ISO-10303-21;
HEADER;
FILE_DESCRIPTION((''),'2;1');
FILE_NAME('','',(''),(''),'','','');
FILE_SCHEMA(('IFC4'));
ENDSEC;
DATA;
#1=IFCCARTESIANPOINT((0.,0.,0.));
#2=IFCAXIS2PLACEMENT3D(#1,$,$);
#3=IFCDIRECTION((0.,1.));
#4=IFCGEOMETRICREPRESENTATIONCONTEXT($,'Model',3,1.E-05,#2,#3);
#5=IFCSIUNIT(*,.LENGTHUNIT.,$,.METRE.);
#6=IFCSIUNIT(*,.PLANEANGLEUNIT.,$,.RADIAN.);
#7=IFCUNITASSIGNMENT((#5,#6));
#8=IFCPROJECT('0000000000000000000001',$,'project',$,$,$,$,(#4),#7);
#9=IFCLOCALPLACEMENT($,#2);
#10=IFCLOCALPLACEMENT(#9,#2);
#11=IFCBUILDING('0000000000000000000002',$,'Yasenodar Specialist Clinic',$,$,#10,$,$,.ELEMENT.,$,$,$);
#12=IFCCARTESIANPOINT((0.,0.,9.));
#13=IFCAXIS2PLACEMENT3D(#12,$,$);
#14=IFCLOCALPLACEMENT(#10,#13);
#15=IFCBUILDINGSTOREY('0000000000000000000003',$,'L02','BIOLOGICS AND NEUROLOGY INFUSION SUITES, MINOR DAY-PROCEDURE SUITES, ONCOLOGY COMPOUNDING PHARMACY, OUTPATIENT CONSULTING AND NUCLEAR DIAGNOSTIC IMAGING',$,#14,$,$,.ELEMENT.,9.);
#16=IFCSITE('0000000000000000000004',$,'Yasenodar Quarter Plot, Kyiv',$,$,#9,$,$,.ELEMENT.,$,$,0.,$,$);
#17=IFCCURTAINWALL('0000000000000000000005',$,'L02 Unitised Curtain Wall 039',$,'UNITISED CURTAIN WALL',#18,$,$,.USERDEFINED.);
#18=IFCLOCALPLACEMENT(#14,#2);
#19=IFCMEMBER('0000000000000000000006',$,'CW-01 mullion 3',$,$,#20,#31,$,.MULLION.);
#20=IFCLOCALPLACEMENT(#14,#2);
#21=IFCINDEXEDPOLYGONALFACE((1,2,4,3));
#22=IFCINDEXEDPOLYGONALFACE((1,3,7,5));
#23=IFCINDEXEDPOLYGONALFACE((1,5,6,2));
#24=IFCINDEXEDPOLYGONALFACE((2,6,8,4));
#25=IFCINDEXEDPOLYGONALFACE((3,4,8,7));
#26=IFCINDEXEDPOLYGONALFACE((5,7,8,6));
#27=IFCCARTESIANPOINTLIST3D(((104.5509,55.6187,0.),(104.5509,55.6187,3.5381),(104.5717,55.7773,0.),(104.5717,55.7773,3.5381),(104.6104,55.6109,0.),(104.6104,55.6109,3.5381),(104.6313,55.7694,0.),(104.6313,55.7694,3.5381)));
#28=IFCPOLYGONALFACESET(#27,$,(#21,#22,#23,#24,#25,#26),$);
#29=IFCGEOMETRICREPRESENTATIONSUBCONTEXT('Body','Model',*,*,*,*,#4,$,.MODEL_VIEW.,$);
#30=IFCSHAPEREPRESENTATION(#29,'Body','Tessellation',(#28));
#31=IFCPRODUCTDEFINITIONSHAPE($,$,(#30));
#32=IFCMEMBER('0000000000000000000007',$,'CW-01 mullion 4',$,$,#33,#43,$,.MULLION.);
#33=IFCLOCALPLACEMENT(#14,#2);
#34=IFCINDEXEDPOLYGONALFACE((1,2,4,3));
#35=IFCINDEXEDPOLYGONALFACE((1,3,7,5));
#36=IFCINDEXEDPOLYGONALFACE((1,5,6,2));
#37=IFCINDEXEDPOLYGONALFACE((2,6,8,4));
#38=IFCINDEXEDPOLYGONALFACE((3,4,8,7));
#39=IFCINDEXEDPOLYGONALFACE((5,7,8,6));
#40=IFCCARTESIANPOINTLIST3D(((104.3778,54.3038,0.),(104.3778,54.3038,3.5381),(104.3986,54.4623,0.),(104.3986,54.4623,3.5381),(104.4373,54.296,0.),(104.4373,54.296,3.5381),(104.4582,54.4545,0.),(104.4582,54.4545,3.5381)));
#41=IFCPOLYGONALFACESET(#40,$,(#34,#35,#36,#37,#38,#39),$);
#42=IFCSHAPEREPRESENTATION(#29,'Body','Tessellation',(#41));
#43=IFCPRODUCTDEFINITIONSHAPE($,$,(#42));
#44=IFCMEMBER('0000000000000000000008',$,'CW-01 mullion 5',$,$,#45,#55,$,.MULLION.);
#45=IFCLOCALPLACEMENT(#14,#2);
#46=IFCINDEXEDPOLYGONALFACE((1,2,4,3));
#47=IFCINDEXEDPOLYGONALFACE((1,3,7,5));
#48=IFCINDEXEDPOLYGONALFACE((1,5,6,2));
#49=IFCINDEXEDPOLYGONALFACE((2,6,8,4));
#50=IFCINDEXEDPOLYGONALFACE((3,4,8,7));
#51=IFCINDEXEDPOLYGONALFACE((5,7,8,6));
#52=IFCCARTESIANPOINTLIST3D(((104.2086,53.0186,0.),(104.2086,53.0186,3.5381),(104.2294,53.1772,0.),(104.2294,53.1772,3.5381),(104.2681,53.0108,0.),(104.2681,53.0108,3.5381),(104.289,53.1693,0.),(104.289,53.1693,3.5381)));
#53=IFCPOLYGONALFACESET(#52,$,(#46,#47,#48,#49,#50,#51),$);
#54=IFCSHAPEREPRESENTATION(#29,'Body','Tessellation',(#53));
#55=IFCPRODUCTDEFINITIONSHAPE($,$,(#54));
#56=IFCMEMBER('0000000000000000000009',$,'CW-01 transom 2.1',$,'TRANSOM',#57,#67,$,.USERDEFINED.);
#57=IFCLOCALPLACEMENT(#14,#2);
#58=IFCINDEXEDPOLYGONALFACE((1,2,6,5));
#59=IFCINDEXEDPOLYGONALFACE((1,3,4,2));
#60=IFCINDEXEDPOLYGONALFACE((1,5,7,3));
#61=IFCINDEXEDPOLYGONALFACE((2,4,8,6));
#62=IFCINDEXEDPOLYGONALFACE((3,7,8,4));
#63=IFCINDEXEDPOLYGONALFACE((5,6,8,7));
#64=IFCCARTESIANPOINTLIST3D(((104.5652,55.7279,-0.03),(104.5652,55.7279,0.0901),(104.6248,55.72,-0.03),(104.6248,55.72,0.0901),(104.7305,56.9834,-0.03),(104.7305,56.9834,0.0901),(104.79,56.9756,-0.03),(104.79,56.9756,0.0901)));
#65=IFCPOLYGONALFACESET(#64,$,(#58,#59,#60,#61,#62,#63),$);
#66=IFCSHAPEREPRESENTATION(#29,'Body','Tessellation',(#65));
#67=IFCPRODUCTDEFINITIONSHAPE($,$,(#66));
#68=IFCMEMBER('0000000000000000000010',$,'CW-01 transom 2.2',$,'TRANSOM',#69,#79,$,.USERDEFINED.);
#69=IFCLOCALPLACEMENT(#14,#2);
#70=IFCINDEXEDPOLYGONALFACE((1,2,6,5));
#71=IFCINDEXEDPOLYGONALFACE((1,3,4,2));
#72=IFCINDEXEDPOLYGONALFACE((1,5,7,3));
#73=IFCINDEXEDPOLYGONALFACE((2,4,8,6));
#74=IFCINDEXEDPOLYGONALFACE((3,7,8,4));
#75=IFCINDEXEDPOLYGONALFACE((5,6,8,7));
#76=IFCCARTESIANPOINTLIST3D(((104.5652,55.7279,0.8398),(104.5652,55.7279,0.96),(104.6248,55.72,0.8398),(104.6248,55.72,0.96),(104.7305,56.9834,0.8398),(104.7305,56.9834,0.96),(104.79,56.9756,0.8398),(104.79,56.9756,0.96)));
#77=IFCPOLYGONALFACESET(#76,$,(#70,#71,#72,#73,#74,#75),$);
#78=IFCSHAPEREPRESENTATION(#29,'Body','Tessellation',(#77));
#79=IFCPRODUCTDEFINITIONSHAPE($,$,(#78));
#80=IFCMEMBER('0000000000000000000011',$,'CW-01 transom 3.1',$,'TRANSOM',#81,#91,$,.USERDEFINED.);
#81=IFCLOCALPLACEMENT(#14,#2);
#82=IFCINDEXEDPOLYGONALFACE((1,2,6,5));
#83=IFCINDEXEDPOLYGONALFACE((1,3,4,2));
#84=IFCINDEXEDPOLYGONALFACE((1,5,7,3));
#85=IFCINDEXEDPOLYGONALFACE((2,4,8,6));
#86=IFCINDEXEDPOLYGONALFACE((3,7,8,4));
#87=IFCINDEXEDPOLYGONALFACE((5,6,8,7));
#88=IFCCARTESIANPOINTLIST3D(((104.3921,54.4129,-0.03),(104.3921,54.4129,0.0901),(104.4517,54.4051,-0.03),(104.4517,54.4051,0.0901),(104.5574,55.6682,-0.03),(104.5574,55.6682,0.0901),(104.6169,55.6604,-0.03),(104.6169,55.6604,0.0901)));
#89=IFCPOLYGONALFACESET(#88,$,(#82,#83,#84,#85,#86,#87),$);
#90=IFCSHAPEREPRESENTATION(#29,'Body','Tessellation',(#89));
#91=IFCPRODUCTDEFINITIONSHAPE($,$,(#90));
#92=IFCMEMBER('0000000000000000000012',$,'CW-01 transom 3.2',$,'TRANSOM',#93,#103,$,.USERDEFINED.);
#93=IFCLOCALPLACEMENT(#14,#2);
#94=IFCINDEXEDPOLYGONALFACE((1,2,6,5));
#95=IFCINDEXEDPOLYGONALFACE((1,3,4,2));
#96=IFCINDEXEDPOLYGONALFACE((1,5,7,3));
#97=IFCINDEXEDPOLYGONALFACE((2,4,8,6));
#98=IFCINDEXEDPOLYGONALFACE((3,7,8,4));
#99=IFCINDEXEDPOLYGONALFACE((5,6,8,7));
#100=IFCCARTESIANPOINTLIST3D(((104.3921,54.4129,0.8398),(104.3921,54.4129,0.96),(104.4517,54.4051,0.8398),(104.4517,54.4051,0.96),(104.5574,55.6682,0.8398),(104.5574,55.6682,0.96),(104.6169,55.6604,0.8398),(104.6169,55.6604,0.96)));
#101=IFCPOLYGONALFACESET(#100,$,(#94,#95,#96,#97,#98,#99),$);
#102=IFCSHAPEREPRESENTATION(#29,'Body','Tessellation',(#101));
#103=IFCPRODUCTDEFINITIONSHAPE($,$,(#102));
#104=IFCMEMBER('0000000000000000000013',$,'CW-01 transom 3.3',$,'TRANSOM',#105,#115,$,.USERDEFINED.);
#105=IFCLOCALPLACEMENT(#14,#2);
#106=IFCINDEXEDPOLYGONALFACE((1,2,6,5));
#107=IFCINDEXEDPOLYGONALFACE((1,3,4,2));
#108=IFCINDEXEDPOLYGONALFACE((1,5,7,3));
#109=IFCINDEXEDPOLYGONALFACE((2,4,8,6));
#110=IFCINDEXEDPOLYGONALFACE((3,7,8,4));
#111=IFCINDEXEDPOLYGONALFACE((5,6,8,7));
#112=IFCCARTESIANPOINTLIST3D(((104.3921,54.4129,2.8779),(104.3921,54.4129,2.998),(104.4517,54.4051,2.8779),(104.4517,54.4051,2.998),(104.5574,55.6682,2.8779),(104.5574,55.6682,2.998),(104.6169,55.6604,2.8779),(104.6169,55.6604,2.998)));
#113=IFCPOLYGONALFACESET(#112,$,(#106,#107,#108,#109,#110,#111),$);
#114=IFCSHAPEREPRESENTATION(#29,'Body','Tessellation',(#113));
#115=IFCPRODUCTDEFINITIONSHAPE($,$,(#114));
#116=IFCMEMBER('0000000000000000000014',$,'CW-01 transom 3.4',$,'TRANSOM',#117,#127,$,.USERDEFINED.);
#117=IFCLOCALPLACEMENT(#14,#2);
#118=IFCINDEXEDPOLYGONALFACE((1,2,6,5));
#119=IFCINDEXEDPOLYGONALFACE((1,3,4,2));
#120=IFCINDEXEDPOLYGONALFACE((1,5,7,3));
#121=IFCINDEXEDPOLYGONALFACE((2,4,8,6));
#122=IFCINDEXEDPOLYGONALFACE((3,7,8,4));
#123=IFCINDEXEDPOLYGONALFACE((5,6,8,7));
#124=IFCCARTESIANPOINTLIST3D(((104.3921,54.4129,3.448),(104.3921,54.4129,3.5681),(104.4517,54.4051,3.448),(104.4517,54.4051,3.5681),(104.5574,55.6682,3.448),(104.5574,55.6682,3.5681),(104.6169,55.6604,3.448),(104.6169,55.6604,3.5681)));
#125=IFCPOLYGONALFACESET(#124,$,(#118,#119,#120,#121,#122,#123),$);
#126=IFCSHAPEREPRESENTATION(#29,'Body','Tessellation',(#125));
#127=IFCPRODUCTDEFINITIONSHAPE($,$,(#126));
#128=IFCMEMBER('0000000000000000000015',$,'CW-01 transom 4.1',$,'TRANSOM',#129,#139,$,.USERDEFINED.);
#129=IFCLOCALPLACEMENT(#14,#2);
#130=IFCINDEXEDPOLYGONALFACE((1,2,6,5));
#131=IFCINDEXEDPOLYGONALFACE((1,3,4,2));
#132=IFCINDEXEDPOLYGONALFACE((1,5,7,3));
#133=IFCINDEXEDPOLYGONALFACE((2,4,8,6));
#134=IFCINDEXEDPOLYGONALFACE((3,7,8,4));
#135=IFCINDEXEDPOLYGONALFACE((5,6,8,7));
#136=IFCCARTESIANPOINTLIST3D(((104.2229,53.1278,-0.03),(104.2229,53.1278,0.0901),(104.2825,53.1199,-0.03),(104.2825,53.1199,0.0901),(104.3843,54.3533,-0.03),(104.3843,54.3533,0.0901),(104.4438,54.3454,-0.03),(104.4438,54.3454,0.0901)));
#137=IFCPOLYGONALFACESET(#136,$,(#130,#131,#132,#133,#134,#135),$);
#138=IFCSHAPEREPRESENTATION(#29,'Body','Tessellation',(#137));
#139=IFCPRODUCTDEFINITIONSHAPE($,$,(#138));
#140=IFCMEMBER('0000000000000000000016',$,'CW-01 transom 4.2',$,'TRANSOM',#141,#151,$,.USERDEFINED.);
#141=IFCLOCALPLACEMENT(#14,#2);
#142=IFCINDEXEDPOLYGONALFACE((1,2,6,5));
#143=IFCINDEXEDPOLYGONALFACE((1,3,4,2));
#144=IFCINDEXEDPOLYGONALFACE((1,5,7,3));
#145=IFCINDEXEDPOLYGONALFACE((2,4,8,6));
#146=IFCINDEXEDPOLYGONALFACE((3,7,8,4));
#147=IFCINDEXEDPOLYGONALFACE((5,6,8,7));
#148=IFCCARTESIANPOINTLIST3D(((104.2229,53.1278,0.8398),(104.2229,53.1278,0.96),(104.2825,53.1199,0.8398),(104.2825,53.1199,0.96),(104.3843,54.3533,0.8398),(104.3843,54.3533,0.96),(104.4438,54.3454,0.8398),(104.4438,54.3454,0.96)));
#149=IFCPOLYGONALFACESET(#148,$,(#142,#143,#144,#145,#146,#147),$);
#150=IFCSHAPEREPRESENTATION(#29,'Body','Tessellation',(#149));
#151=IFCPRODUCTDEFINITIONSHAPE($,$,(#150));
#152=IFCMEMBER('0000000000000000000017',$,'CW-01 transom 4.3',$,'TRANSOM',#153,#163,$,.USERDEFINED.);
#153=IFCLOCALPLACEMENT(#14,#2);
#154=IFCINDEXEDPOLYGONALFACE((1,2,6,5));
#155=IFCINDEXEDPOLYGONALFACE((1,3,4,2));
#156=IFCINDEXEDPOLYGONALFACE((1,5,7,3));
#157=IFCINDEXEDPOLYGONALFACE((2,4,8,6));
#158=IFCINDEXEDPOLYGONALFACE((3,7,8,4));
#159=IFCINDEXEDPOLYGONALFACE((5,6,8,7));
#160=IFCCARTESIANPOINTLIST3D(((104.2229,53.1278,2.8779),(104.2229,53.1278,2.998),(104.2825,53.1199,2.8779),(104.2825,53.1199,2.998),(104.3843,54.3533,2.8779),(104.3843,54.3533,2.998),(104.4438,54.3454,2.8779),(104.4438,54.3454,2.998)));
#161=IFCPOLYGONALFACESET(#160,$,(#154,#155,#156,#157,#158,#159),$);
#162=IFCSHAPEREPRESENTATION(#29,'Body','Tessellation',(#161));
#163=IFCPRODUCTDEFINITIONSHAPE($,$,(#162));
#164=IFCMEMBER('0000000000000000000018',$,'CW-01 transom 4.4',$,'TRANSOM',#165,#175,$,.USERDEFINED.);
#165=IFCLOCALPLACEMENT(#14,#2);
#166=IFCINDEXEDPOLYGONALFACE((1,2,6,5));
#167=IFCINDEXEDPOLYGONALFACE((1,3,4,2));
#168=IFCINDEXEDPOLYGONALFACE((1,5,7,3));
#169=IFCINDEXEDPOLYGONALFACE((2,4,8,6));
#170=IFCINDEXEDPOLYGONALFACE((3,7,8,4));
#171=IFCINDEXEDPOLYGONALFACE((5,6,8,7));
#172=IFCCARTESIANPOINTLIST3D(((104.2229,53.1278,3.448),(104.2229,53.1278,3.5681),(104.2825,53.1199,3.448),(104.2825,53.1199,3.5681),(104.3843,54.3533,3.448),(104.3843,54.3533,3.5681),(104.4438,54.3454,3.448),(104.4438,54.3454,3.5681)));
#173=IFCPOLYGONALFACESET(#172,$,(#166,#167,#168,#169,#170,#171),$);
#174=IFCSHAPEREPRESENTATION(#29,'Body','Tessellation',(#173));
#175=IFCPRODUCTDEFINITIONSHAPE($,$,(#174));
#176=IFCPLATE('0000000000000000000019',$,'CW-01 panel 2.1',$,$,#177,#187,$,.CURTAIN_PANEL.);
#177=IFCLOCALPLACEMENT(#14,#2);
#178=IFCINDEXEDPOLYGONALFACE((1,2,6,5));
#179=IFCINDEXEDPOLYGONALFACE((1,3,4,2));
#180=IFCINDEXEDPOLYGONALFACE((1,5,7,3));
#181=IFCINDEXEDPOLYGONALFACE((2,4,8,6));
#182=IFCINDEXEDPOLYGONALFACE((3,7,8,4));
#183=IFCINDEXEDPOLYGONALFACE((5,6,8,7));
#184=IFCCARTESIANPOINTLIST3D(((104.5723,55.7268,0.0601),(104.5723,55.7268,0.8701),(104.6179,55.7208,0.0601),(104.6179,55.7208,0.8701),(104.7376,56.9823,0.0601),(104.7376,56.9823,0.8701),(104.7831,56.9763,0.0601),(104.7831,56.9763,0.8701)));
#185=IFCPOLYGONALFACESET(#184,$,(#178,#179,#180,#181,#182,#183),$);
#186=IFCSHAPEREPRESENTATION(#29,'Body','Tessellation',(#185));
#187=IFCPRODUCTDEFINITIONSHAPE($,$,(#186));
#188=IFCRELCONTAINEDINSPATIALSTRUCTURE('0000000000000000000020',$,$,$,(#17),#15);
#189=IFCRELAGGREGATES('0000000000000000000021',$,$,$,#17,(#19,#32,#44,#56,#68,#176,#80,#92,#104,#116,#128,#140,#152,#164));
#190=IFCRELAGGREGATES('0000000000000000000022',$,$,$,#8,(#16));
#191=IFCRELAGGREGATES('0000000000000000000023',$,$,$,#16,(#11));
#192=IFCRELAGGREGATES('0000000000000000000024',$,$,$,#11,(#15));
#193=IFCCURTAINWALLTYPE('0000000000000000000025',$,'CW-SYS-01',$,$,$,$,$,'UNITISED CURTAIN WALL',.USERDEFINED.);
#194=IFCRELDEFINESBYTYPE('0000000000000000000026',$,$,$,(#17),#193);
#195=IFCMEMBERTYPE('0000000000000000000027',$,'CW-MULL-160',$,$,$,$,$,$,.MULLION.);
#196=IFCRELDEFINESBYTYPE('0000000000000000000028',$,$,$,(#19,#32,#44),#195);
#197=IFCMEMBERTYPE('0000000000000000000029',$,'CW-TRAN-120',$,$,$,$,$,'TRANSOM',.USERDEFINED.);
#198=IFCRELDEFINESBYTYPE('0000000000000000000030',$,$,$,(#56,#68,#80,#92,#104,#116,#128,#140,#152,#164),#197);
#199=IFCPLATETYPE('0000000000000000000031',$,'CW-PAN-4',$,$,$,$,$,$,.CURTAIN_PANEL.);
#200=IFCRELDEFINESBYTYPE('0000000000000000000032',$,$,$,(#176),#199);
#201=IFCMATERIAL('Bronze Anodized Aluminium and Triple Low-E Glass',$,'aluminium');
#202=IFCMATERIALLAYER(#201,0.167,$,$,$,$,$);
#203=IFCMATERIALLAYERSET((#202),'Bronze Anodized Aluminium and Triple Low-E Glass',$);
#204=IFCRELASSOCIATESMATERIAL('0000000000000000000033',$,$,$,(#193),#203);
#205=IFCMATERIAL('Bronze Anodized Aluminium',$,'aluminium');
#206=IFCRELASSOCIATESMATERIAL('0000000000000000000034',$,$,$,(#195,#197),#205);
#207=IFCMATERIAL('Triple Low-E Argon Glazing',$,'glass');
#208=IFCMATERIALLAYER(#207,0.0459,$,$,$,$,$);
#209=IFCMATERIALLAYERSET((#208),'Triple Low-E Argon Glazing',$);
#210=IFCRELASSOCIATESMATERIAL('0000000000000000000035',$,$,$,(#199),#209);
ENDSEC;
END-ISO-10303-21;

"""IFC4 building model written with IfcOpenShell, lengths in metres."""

from ifc_helpers import new_model, si_unit, direction, frame, origin, origin_2d, place, context, subcontext, project, spatial, rectangle, extrude, material, layer, layer_set, material_profile, profile_set, type_object, element, aggregate, save


model = new_model("IFC4")

# Units and contexts
model_context = context("Model", 3, precision=1e-05, world=origin(), true_north=direction((0.0, 1.0)))
body_context = subcontext(model_context, "Body", "Model", "MODEL_VIEW")
ifc_project = project(units=[si_unit("LENGTHUNIT", "METRE"), si_unit("PLANEANGLEUNIT", "RADIAN")], contexts=[model_context])

# Site, building, storey
site_placement = place(None, origin())
site = spatial("IfcSite", under=ifc_project, at=site_placement, Name="Yasenodar Quarter Plot, Kyiv", CompositionType="ELEMENT", RefElevation=0.0)
building_placement = place(site_placement, origin())
building = spatial("IfcBuilding", under=site, at=building_placement, Name="Yasenodar Specialist Clinic", CompositionType="ELEMENT")
storey_placement = place(building_placement, frame((0.0, 0.0, 9.0)))
storey = spatial("IfcBuildingStorey", under=building, at=storey_placement, Name="L02", Description="BIOLOGICS AND NEUROLOGY INFUSION SUITES, MINOR DAY-PROCEDURE SUITES, ONCOLOGY COMPOUNDING PHARMACY, OUTPATIENT CONSULTING AND NUCLEAR DIAGNOSTIC IMAGING", CompositionType="ELEMENT", Elevation=9.0)

# Curtain wall, members, plate
ifc_material_1 = material(Name="Bronze Anodized Aluminium and Triple Low-E Glass", Category="aluminium")
ifc_layer_1 = layer(ifc_material_1, 0.167)
ifc_layer_set_1 = layer_set([ifc_layer_1], Name="Bronze Anodized Aluminium and Triple Low-E Glass")
curtain_wall_type = type_object("IfcCurtainWallType", Name="CW-SYS-01", ElementType="UNITISED CURTAIN WALL", PredefinedType="USERDEFINED", material=ifc_layer_set_1)
curtain_wall_placement = place(storey_placement, origin())
curtain_wall = element("IfcCurtainWall", 1, at=curtain_wall_placement, inside=storey, type_object=curtain_wall_type, Name="L02 Unitised Curtain Wall 039", ObjectType="UNITISED CURTAIN WALL", PredefinedType="USERDEFINED")
ifc_material_2 = material(Name="Bronze Anodized Aluminium", Category="aluminium")
ifc_material_profile_1 = material_profile(ifc_material_2, rectangle(XDim=0.0601, YDim=0.1599, at=origin_2d()), Name="CW-MULL 60x160")
ifc_profile_set_1 = profile_set([ifc_material_profile_1], Name="Bronze Anodized Aluminium")
member_type_1 = type_object("IfcMemberType", Name="CW-MULL-160", PredefinedType="MULLION", material=ifc_profile_set_1)
member_1_placement = place(storey_placement, frame((104.5911, 55.6941, 0.0), z_axis=(0.0, 0.0, 1.0), x_axis=(0.991447, -0.130512, 0.0)))
member_1 = element("IfcMember", 2, at=member_1_placement, type_object=member_type_1, Name="CW-01 mullion 3", PredefinedType="MULLION", context=body_context, shape_type="SweptSolid", body=[
    extrude(rectangle(XDim=0.0601, YDim=0.1599, at=origin_2d()), origin(), (0.0, 0.0, 1.0), 3.5381),
])
member_2_placement = place(storey_placement, frame((104.418, 54.3792, 0.0), z_axis=(0.0, 0.0, 1.0), x_axis=(0.991447, -0.130512, 0.0)))
member_2 = element("IfcMember", 3, at=member_2_placement, type_object=member_type_1, Name="CW-01 mullion 4", PredefinedType="MULLION", context=body_context, shape_type="SweptSolid", body=[
    extrude(rectangle(XDim=0.0601, YDim=0.1599, at=origin_2d()), origin(), (0.0, 0.0, 1.0), 3.5381),
])
member_3_placement = place(storey_placement, frame((104.2488, 53.094, 0.0), z_axis=(0.0, 0.0, 1.0), x_axis=(0.991447, -0.130512, 0.0)))
member_3 = element("IfcMember", 4, at=member_3_placement, type_object=member_type_1, Name="CW-01 mullion 5", PredefinedType="MULLION", context=body_context, shape_type="SweptSolid", body=[
    extrude(rectangle(XDim=0.0601, YDim=0.1599, at=origin_2d()), origin(), (0.0, 0.0, 1.0), 3.5381),
])
ifc_material_profile_2 = material_profile(ifc_material_2, rectangle(XDim=0.0601, YDim=0.1201, at=origin_2d()), Name="CW-TRAN 60x120")
ifc_profile_set_2 = profile_set([ifc_material_profile_2], Name="Bronze Anodized Aluminium")
member_type_2 = type_object("IfcMemberType", Name="CW-TRAN-120", ElementType="TRANSOM", PredefinedType="USERDEFINED", material=ifc_profile_set_2)
member_4_placement = place(storey_placement, frame((104.7603, 56.9795, 0.03), z_axis=(-0.130509, -0.991447, 0.0), x_axis=(0.991447, -0.130509, 0.0)))
member_4 = element("IfcMember", 5, at=member_4_placement, type_object=member_type_2, Name="CW-01 transom 2.1", ObjectType="TRANSOM", PredefinedType="USERDEFINED", context=body_context, shape_type="SweptSolid", body=[
    extrude(rectangle(XDim=0.0601, YDim=0.1201, at=origin_2d()), origin(), (0.0, 0.0, 1.0), 1.2664),
])
member_5_placement = place(storey_placement, frame((104.7603, 56.9795, 0.8999), z_axis=(-0.130509, -0.991447, 0.0), x_axis=(0.991447, -0.130509, 0.0)))
member_5 = element("IfcMember", 6, at=member_5_placement, type_object=member_type_2, Name="CW-01 transom 2.2", ObjectType="TRANSOM", PredefinedType="USERDEFINED", context=body_context, shape_type="SweptSolid", body=[
    extrude(rectangle(XDim=0.0601, YDim=0.1201, at=origin_2d()), origin(), (0.0, 0.0, 1.0), 1.2664),
])
member_6_placement = place(storey_placement, frame((104.5872, 55.6643, 0.03), z_axis=(-0.130534, -0.991444, 0.0), x_axis=(0.991444, -0.130534, 0.0)))
member_6 = element("IfcMember", 7, at=member_6_placement, type_object=member_type_2, Name="CW-01 transom 3.1", ObjectType="TRANSOM", PredefinedType="USERDEFINED", context=body_context, shape_type="SweptSolid", body=[
    extrude(rectangle(XDim=0.0601, YDim=0.1201, at=origin_2d()), origin(), (0.0, 0.0, 1.0), 1.2661),
])
member_7_placement = place(storey_placement, frame((104.5872, 55.6643, 0.8999), z_axis=(-0.130534, -0.991444, 0.0), x_axis=(0.991444, -0.130534, 0.0)))
member_7 = element("IfcMember", 8, at=member_7_placement, type_object=member_type_2, Name="CW-01 transom 3.2", ObjectType="TRANSOM", PredefinedType="USERDEFINED", context=body_context, shape_type="SweptSolid", body=[
    extrude(rectangle(XDim=0.0601, YDim=0.1201, at=origin_2d()), origin(), (0.0, 0.0, 1.0), 1.2661),
])
member_8_placement = place(storey_placement, frame((104.5872, 55.6643, 2.938), z_axis=(-0.130534, -0.991444, 0.0), x_axis=(0.991444, -0.130534, 0.0)))
member_8 = element("IfcMember", 9, at=member_8_placement, type_object=member_type_2, Name="CW-01 transom 3.3", ObjectType="TRANSOM", PredefinedType="USERDEFINED", context=body_context, shape_type="SweptSolid", body=[
    extrude(rectangle(XDim=0.0601, YDim=0.1201, at=origin_2d()), origin(), (0.0, 0.0, 1.0), 1.2661),
])
member_9_placement = place(storey_placement, frame((104.5872, 55.6643, 3.5081), z_axis=(-0.130534, -0.991444, 0.0), x_axis=(0.991444, -0.130534, 0.0)))
member_9 = element("IfcMember", 10, at=member_9_placement, type_object=member_type_2, Name="CW-01 transom 3.4", ObjectType="TRANSOM", PredefinedType="USERDEFINED", context=body_context, shape_type="SweptSolid", body=[
    extrude(rectangle(XDim=0.0601, YDim=0.1201, at=origin_2d()), origin(), (0.0, 0.0, 1.0), 1.2661),
])
member_10_placement = place(storey_placement, frame((104.4141, 54.3494, 0.03), z_axis=(-0.130546, -0.991442, 0.0), x_axis=(0.991442, -0.130546, 0.0)))
member_10 = element("IfcMember", 11, at=member_10_placement, type_object=member_type_2, Name="CW-01 transom 4.1", ObjectType="TRANSOM", PredefinedType="USERDEFINED", context=body_context, shape_type="SweptSolid", body=[
    extrude(rectangle(XDim=0.0601, YDim=0.1201, at=origin_2d()), origin(), (0.0, 0.0, 1.0), 1.2361),
])
member_11_placement = place(storey_placement, frame((104.4141, 54.3494, 0.8999), z_axis=(-0.130546, -0.991442, 0.0), x_axis=(0.991442, -0.130546, 0.0)))
member_11 = element("IfcMember", 12, at=member_11_placement, type_object=member_type_2, Name="CW-01 transom 4.2", ObjectType="TRANSOM", PredefinedType="USERDEFINED", context=body_context, shape_type="SweptSolid", body=[
    extrude(rectangle(XDim=0.0601, YDim=0.1201, at=origin_2d()), origin(), (0.0, 0.0, 1.0), 1.2361),
])
member_12_placement = place(storey_placement, frame((104.4141, 54.3494, 2.938), z_axis=(-0.130546, -0.991442, 0.0), x_axis=(0.991442, -0.130546, 0.0)))
member_12 = element("IfcMember", 13, at=member_12_placement, type_object=member_type_2, Name="CW-01 transom 4.3", ObjectType="TRANSOM", PredefinedType="USERDEFINED", context=body_context, shape_type="SweptSolid", body=[
    extrude(rectangle(XDim=0.0601, YDim=0.1201, at=origin_2d()), origin(), (0.0, 0.0, 1.0), 1.2361),
])
member_13_placement = place(storey_placement, frame((104.4141, 54.3494, 3.5081), z_axis=(-0.130546, -0.991442, 0.0), x_axis=(0.991442, -0.130546, 0.0)))
member_13 = element("IfcMember", 14, at=member_13_placement, type_object=member_type_2, Name="CW-01 transom 4.4", ObjectType="TRANSOM", PredefinedType="USERDEFINED", context=body_context, shape_type="SweptSolid", body=[
    extrude(rectangle(XDim=0.0601, YDim=0.1201, at=origin_2d()), origin(), (0.0, 0.0, 1.0), 1.2361),
])
ifc_material_3 = material(Name="Triple Low-E Argon Glazing", Category="glass")
ifc_layer_2 = layer(ifc_material_3, 0.0459)
ifc_layer_set_2 = layer_set([ifc_layer_2], Name="Triple Low-E Argon Glazing")
plate_type = type_object("IfcPlateType", Name="CW-PAN-4", PredefinedType="CURTAIN_PANEL", material=ifc_layer_set_2)
plate_1_placement = place(storey_placement, frame((104.6777, 56.3516, 0.0601), z_axis=(0.0, 0.0, 1.0), x_axis=(-0.130512, -0.991447, 0.0)))
plate_1 = element("IfcPlate", 15, at=plate_1_placement, type_object=plate_type, Name="CW-01 panel 2.1", PredefinedType="CURTAIN_PANEL", context=body_context, shape_type="SweptSolid", body=[
    extrude(rectangle(XDim=1.2664, YDim=0.0459, at=origin_2d()), origin(), (0.0, 0.0, 1.0), 0.8101),
])
aggregate(curtain_wall, [member_1, member_2, member_3, member_4, member_5, plate_1, member_6, member_7, member_8, member_9, member_10, member_11, member_12, member_13])

save(model, "model.ifc")
